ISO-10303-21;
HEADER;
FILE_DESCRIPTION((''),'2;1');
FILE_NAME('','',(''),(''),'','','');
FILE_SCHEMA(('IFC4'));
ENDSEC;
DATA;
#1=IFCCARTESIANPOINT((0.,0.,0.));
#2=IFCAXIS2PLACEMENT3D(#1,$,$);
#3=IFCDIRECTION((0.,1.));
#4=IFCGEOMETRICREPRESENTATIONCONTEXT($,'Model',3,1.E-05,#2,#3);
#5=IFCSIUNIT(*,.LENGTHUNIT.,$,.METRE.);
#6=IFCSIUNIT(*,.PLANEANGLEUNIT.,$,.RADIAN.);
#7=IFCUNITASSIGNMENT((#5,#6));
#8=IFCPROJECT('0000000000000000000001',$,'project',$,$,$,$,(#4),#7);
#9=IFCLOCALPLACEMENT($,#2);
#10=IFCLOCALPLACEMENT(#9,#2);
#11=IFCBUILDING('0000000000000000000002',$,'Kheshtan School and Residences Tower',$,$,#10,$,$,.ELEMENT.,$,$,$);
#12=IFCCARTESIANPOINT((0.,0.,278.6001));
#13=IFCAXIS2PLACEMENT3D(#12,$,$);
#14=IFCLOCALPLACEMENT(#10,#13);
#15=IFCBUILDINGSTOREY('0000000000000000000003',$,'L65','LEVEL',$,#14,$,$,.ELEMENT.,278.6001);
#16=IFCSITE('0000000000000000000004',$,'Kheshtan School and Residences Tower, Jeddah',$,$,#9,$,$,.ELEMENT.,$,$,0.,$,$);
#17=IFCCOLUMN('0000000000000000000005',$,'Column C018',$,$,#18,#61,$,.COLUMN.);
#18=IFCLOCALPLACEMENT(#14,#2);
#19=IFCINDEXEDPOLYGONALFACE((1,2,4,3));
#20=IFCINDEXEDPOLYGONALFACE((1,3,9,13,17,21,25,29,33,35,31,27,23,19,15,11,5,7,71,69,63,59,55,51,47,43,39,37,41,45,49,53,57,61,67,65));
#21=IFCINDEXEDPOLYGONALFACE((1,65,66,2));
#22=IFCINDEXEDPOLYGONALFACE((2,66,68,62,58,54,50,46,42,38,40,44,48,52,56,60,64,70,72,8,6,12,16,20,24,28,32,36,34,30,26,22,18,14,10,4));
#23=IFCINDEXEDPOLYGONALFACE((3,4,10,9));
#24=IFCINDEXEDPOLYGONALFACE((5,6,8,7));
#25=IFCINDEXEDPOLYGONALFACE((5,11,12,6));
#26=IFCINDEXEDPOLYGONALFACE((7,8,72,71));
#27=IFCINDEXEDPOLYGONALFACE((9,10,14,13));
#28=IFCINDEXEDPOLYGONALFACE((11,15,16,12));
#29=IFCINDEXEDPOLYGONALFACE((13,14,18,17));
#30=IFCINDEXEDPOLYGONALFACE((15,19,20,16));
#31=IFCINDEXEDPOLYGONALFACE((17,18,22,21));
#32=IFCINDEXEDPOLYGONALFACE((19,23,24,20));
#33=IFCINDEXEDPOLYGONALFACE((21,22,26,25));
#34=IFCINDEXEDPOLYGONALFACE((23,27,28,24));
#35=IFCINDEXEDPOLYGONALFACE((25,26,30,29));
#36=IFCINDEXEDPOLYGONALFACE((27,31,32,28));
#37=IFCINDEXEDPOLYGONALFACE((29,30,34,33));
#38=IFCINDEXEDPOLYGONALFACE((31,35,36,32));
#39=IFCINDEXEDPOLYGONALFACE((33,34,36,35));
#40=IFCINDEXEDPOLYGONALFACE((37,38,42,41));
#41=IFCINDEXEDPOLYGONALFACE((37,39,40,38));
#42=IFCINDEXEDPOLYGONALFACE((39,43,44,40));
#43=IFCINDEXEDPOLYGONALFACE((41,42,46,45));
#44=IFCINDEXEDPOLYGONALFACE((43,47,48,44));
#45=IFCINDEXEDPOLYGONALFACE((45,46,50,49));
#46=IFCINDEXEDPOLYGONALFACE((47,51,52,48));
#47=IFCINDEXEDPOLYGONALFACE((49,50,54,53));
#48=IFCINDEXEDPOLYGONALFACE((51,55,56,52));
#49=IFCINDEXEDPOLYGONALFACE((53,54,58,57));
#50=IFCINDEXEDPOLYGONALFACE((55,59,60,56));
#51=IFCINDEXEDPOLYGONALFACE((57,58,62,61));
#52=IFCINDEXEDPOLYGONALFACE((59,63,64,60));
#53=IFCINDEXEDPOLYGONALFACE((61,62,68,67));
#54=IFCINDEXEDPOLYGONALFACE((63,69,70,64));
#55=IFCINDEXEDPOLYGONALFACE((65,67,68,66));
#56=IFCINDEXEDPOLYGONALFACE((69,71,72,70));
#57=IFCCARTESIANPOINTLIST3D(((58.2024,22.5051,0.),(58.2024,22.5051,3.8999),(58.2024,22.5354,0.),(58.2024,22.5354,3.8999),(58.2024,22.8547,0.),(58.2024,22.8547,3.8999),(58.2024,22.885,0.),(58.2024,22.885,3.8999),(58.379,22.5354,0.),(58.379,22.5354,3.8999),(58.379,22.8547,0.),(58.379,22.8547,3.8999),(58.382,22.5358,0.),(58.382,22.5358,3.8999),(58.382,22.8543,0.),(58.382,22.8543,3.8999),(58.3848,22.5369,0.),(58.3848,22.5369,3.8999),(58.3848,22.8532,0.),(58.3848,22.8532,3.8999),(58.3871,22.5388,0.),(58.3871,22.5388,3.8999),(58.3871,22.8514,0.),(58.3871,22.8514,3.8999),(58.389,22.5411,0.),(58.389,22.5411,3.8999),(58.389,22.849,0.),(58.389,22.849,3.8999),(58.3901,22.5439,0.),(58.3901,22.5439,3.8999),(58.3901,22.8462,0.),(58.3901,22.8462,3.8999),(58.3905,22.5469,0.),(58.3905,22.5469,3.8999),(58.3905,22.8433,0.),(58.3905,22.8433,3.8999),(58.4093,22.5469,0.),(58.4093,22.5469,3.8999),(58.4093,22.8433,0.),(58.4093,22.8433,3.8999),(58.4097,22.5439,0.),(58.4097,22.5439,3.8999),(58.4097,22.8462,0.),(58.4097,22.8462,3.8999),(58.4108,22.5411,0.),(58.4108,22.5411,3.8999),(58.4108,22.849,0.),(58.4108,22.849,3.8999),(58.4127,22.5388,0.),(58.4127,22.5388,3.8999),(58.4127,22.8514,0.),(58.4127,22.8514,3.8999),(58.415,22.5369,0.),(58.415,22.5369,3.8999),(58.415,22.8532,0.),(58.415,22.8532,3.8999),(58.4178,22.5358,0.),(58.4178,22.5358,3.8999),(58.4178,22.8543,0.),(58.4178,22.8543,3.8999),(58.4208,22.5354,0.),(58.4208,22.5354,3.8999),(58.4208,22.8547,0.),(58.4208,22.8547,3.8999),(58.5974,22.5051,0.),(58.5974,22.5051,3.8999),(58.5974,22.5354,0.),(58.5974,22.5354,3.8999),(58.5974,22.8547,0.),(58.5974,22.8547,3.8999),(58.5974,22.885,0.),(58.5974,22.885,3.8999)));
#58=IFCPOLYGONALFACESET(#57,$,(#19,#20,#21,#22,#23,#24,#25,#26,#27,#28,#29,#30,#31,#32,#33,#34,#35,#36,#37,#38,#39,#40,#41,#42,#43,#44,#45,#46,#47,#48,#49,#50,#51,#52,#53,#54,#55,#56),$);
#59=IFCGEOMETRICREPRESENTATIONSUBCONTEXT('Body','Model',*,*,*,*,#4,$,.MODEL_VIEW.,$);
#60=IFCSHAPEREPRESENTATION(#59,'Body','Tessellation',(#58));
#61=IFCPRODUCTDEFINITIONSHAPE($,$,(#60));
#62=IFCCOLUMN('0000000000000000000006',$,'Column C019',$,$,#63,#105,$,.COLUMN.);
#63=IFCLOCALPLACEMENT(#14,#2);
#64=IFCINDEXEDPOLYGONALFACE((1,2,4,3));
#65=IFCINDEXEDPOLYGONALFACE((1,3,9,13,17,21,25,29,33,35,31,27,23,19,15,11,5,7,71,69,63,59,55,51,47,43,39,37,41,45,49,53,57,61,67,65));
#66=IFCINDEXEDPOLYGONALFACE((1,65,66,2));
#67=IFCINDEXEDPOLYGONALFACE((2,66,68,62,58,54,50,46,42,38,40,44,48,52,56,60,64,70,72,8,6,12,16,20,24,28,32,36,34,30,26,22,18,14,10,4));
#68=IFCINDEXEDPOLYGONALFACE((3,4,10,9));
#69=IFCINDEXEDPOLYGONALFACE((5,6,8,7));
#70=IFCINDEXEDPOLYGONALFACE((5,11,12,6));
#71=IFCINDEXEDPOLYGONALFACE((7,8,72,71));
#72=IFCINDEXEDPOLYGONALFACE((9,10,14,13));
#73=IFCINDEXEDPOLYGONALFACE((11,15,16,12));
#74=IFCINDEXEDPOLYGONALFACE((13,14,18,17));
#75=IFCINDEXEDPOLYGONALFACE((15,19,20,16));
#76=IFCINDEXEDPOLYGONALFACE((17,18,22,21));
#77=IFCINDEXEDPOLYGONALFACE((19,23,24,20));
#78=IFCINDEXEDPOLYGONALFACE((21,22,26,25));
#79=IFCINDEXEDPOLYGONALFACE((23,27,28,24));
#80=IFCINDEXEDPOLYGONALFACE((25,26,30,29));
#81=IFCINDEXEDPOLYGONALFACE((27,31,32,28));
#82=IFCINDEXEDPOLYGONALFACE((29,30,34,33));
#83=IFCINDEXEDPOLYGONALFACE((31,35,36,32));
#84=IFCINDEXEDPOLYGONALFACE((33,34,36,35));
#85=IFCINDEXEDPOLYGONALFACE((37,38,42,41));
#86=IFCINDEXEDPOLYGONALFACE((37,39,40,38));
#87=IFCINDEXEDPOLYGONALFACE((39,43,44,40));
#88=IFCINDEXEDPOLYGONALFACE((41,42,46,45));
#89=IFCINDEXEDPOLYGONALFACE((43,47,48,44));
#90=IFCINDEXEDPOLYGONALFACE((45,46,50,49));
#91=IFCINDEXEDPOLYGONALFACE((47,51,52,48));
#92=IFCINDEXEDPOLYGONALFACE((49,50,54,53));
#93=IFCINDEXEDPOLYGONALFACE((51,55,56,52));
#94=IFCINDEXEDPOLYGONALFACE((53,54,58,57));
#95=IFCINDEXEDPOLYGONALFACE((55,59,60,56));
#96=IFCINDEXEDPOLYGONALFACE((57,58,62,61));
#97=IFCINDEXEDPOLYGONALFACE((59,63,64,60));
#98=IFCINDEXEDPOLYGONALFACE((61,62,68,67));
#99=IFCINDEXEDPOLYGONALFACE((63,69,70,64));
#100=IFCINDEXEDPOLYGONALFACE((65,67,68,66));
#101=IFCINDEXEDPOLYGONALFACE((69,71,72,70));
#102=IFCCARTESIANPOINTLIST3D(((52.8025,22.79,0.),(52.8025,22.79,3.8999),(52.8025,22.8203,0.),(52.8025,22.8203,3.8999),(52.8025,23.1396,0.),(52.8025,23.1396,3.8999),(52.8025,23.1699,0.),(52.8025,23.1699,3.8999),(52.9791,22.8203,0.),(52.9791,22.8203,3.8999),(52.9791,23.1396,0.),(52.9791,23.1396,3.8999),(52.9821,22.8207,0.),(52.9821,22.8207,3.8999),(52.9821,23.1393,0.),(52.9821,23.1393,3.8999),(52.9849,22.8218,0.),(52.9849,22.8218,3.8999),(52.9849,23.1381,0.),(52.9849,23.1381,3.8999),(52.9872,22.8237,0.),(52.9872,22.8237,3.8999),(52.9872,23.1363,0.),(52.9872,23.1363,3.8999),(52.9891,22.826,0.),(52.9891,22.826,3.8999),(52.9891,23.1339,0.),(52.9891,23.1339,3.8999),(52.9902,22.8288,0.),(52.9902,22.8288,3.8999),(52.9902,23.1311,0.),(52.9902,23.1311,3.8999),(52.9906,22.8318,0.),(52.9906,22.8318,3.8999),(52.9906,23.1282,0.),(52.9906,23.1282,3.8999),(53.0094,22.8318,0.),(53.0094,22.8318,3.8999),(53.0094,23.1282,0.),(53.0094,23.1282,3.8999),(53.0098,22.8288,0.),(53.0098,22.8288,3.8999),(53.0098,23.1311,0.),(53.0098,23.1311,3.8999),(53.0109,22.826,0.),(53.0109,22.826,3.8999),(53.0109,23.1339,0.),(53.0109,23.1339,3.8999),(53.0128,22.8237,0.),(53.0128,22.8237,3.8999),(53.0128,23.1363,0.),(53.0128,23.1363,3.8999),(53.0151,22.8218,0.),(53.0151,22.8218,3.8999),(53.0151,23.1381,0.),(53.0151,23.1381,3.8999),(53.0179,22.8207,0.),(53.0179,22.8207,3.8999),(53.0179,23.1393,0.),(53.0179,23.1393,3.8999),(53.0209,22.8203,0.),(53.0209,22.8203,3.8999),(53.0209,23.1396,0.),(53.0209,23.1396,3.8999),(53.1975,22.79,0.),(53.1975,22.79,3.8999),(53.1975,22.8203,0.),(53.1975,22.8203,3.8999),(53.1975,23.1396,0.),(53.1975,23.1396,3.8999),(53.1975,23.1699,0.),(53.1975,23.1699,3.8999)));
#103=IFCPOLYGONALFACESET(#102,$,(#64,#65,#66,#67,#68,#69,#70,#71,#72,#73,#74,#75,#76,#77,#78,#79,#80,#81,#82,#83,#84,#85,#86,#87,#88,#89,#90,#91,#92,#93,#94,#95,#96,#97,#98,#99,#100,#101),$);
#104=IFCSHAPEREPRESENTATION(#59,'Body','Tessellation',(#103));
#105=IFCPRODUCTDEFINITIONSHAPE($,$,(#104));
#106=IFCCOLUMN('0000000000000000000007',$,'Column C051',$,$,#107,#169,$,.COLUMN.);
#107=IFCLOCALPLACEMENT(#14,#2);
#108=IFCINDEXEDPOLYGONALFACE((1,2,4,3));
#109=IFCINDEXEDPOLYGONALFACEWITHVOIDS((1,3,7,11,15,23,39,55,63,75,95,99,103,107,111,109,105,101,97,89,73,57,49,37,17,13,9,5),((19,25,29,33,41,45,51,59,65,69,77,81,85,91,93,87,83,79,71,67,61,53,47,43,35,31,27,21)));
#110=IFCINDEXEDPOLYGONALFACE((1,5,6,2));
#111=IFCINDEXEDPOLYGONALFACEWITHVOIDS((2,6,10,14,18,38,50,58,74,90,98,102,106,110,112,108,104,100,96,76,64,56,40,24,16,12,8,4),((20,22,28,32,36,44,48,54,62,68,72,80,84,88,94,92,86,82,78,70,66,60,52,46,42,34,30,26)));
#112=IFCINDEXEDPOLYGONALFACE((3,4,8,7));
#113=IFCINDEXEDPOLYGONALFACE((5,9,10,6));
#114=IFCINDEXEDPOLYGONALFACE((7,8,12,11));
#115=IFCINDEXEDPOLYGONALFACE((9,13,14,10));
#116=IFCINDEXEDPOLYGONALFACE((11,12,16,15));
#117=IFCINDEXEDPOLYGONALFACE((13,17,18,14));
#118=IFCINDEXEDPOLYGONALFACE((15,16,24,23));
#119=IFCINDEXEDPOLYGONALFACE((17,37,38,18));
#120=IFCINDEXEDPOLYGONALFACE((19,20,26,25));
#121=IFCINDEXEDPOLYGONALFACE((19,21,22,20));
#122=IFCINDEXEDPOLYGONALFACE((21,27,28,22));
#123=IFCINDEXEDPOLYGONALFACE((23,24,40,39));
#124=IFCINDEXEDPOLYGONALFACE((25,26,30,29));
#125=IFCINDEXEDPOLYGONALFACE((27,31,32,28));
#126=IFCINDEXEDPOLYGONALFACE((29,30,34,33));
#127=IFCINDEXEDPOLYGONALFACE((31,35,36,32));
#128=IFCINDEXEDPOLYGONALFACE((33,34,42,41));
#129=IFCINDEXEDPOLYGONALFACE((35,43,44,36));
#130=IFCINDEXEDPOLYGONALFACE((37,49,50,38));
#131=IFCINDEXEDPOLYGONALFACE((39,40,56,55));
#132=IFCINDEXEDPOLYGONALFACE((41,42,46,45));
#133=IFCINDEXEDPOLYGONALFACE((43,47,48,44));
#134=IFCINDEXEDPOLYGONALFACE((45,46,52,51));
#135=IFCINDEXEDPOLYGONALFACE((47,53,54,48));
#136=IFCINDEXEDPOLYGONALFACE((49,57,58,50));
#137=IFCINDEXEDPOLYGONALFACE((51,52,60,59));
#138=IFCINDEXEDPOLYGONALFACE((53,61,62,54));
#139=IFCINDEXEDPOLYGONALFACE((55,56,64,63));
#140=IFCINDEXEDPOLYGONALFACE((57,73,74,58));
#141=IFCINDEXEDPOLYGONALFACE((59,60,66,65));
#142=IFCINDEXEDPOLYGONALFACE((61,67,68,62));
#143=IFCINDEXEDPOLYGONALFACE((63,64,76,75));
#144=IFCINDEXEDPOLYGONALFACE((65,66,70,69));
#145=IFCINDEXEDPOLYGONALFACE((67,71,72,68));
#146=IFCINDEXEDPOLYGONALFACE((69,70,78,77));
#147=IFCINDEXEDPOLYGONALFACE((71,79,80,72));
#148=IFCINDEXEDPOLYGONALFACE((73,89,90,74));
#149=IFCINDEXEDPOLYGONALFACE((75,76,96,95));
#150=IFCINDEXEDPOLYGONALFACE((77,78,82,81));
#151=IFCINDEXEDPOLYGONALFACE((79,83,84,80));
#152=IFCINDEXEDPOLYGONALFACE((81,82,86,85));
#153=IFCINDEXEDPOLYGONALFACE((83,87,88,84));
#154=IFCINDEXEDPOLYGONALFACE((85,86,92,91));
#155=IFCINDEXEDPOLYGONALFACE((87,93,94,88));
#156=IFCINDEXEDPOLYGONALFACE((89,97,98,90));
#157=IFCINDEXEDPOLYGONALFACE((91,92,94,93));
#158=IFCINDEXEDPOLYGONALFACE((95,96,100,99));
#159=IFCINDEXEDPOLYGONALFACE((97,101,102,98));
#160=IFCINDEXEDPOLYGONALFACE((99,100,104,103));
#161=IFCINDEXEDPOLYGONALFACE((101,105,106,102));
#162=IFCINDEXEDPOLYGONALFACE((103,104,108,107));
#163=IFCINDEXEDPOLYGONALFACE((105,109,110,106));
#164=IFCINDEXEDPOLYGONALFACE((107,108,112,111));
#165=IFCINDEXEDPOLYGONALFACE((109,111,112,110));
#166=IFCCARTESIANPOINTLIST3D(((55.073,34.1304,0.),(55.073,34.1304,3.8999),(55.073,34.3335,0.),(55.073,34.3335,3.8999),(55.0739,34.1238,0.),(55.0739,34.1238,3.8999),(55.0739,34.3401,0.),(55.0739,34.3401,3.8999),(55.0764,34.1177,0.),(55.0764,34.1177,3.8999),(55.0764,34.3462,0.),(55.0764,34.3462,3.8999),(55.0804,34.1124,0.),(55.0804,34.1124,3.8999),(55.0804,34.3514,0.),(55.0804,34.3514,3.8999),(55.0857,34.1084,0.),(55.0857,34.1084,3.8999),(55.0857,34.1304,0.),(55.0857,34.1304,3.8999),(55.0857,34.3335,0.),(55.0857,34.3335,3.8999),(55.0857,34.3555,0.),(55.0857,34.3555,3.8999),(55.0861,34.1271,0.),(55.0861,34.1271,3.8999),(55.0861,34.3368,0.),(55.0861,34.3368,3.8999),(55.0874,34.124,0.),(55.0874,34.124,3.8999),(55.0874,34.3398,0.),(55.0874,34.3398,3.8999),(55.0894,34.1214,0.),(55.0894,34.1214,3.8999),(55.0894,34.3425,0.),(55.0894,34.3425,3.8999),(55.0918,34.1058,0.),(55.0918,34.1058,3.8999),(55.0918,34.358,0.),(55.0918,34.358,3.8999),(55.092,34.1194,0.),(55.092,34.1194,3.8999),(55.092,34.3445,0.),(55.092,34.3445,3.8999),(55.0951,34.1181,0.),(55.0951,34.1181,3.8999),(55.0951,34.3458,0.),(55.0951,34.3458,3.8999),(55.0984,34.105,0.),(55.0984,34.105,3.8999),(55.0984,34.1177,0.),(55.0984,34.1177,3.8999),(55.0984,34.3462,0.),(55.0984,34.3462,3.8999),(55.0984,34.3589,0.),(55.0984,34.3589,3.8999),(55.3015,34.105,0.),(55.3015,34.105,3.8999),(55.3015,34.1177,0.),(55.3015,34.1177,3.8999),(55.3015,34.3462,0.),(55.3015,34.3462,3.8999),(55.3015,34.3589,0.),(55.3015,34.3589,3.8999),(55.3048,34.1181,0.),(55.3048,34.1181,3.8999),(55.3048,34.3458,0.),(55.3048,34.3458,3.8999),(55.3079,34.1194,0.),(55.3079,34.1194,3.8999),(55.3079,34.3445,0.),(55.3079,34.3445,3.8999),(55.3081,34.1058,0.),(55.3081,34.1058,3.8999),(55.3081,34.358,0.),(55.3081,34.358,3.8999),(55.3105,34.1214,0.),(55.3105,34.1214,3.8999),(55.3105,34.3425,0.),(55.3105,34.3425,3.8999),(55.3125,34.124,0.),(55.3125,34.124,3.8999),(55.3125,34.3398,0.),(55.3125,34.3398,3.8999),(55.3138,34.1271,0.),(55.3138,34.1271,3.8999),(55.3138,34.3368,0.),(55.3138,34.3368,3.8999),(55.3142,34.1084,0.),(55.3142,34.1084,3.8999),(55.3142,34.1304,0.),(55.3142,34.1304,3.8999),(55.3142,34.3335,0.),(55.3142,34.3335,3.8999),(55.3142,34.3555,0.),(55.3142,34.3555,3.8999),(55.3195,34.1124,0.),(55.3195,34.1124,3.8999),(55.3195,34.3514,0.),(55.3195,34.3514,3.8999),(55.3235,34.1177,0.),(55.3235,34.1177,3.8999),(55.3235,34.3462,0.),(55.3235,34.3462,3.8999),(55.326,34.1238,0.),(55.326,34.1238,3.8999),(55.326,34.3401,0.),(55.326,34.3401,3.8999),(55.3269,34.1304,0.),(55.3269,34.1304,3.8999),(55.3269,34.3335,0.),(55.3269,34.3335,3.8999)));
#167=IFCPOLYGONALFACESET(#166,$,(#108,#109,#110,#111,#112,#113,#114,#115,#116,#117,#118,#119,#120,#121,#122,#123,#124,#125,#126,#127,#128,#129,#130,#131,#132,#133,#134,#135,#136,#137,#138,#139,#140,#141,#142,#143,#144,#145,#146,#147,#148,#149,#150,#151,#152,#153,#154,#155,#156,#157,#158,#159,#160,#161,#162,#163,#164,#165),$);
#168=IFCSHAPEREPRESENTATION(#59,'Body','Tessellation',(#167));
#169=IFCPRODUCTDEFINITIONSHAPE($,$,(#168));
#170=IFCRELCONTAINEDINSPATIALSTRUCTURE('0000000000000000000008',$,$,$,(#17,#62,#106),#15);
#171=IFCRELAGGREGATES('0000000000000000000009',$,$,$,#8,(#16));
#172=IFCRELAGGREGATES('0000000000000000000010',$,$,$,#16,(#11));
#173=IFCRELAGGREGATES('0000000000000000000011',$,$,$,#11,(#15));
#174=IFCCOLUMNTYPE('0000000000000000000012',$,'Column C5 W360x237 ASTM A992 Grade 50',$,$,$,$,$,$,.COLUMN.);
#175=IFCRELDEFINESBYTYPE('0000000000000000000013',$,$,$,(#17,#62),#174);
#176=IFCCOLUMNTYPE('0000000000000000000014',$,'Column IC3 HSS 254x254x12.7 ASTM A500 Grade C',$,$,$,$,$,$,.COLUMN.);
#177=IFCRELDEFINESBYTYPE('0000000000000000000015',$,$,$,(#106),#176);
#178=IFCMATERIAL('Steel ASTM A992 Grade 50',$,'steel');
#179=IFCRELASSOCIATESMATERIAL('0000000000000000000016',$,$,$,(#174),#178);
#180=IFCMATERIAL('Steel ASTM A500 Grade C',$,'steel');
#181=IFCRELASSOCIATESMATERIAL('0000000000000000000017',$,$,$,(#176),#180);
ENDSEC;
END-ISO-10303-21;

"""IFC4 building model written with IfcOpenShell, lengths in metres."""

from ifc_helpers import new_model, si_unit, direction, frame, origin, origin_2d, place, context, subcontext, project, spatial, hollow_rectangle, i_section, extrude, material, material_profile, profile_set, type_object, element, save


model = new_model("IFC4")

# Units and contexts
model_context = context("Model", 3, precision=1e-05, world=origin(), true_north=direction((0.0, 1.0)))
body_context = subcontext(model_context, "Body", "Model", "MODEL_VIEW")
ifc_project = project(units=[si_unit("LENGTHUNIT", "METRE"), si_unit("PLANEANGLEUNIT", "RADIAN")], contexts=[model_context])

# Site, building, storey
site_placement = place(None, origin())
site = spatial("IfcSite", under=ifc_project, at=site_placement, Name="Kheshtan School and Residences Tower, Jeddah", CompositionType="ELEMENT", RefElevation=0.0)
building_placement = place(site_placement, origin())
building = spatial("IfcBuilding", under=site, at=building_placement, Name="Kheshtan School and Residences Tower", CompositionType="ELEMENT")
storey_placement = place(building_placement, frame((0.0, 0.0, 278.6001)))
storey = spatial("IfcBuildingStorey", under=building, at=storey_placement, Name="L65", Description="LEVEL", CompositionType="ELEMENT", Elevation=278.6001)

# Columns
ifc_material_1 = material(Name="Steel ASTM A992 Grade 50", Category="steel")
ifc_material_profile_1 = material_profile(ifc_material_1, i_section(OverallWidth=0.395, OverallDepth=0.3799, WebThickness=0.0188, FlangeThickness=0.0303, FilletRadius=0.0115, at=origin_2d()), Name="W360x237")
ifc_profile_set_1 = profile_set([ifc_material_profile_1], Name="Steel ASTM A992 Grade 50")
column_type_1 = type_object("IfcColumnType", Name="Column C5 W360x237 ASTM A992 Grade 50", PredefinedType="COLUMN", material=ifc_profile_set_1)
for number, where, z_axis, x_axis, name in (
    (1, (58.3999, 22.6951, 0.0), (0.0, 0.0, 1.0), (1.0, 0.0, 0.0), "Column C018"),
    (2, (53.0, 22.98, 0.0), (0.0, 0.0, 1.0), (1.0, 0.0, 0.0), "Column C019"),
):
    element("IfcColumn", number, at=place(storey_placement, frame(where, z_axis=z_axis, x_axis=x_axis)), inside=storey, type_object=column_type_1, Name=name, PredefinedType="COLUMN", context=body_context, shape_type="SweptSolid", body=[
        extrude(i_section(OverallWidth=0.395, OverallDepth=0.3799, WebThickness=0.0188, FlangeThickness=0.0303, FilletRadius=0.0115, at=origin_2d()), origin(), (0.0, 0.0, 1.0), 3.8999),
    ])
ifc_material_2 = material(Name="Steel ASTM A500 Grade C", Category="steel")
ifc_material_profile_2 = material_profile(ifc_material_2, hollow_rectangle(XDim=0.2539, YDim=0.2539, WallThickness=0.0127, InnerFilletRadius=0.0127, OuterFilletRadius=0.0254, at=origin_2d()), Name="HSS 254x254x12.7")
ifc_profile_set_2 = profile_set([ifc_material_profile_2], Name="Steel ASTM A500 Grade C")
column_type_2 = type_object("IfcColumnType", Name="Column IC3 HSS 254x254x12.7 ASTM A500 Grade C", PredefinedType="COLUMN", material=ifc_profile_set_2)
column_placement = place(storey_placement, frame((55.2, 34.2319, 0.0), z_axis=(0.0, 0.0, 1.0), x_axis=(1.0, 0.0, 0.0)))
element("IfcColumn", 3, at=column_placement, inside=storey, type_object=column_type_2, Name="Column C051", PredefinedType="COLUMN", context=body_context, shape_type="SweptSolid", body=[
    extrude(hollow_rectangle(XDim=0.2539, YDim=0.2539, WallThickness=0.0127, InnerFilletRadius=0.0127, OuterFilletRadius=0.0254, at=origin_2d()), origin(), (0.0, 0.0, 1.0), 3.8999),
])

save(model, "model.ifc")
